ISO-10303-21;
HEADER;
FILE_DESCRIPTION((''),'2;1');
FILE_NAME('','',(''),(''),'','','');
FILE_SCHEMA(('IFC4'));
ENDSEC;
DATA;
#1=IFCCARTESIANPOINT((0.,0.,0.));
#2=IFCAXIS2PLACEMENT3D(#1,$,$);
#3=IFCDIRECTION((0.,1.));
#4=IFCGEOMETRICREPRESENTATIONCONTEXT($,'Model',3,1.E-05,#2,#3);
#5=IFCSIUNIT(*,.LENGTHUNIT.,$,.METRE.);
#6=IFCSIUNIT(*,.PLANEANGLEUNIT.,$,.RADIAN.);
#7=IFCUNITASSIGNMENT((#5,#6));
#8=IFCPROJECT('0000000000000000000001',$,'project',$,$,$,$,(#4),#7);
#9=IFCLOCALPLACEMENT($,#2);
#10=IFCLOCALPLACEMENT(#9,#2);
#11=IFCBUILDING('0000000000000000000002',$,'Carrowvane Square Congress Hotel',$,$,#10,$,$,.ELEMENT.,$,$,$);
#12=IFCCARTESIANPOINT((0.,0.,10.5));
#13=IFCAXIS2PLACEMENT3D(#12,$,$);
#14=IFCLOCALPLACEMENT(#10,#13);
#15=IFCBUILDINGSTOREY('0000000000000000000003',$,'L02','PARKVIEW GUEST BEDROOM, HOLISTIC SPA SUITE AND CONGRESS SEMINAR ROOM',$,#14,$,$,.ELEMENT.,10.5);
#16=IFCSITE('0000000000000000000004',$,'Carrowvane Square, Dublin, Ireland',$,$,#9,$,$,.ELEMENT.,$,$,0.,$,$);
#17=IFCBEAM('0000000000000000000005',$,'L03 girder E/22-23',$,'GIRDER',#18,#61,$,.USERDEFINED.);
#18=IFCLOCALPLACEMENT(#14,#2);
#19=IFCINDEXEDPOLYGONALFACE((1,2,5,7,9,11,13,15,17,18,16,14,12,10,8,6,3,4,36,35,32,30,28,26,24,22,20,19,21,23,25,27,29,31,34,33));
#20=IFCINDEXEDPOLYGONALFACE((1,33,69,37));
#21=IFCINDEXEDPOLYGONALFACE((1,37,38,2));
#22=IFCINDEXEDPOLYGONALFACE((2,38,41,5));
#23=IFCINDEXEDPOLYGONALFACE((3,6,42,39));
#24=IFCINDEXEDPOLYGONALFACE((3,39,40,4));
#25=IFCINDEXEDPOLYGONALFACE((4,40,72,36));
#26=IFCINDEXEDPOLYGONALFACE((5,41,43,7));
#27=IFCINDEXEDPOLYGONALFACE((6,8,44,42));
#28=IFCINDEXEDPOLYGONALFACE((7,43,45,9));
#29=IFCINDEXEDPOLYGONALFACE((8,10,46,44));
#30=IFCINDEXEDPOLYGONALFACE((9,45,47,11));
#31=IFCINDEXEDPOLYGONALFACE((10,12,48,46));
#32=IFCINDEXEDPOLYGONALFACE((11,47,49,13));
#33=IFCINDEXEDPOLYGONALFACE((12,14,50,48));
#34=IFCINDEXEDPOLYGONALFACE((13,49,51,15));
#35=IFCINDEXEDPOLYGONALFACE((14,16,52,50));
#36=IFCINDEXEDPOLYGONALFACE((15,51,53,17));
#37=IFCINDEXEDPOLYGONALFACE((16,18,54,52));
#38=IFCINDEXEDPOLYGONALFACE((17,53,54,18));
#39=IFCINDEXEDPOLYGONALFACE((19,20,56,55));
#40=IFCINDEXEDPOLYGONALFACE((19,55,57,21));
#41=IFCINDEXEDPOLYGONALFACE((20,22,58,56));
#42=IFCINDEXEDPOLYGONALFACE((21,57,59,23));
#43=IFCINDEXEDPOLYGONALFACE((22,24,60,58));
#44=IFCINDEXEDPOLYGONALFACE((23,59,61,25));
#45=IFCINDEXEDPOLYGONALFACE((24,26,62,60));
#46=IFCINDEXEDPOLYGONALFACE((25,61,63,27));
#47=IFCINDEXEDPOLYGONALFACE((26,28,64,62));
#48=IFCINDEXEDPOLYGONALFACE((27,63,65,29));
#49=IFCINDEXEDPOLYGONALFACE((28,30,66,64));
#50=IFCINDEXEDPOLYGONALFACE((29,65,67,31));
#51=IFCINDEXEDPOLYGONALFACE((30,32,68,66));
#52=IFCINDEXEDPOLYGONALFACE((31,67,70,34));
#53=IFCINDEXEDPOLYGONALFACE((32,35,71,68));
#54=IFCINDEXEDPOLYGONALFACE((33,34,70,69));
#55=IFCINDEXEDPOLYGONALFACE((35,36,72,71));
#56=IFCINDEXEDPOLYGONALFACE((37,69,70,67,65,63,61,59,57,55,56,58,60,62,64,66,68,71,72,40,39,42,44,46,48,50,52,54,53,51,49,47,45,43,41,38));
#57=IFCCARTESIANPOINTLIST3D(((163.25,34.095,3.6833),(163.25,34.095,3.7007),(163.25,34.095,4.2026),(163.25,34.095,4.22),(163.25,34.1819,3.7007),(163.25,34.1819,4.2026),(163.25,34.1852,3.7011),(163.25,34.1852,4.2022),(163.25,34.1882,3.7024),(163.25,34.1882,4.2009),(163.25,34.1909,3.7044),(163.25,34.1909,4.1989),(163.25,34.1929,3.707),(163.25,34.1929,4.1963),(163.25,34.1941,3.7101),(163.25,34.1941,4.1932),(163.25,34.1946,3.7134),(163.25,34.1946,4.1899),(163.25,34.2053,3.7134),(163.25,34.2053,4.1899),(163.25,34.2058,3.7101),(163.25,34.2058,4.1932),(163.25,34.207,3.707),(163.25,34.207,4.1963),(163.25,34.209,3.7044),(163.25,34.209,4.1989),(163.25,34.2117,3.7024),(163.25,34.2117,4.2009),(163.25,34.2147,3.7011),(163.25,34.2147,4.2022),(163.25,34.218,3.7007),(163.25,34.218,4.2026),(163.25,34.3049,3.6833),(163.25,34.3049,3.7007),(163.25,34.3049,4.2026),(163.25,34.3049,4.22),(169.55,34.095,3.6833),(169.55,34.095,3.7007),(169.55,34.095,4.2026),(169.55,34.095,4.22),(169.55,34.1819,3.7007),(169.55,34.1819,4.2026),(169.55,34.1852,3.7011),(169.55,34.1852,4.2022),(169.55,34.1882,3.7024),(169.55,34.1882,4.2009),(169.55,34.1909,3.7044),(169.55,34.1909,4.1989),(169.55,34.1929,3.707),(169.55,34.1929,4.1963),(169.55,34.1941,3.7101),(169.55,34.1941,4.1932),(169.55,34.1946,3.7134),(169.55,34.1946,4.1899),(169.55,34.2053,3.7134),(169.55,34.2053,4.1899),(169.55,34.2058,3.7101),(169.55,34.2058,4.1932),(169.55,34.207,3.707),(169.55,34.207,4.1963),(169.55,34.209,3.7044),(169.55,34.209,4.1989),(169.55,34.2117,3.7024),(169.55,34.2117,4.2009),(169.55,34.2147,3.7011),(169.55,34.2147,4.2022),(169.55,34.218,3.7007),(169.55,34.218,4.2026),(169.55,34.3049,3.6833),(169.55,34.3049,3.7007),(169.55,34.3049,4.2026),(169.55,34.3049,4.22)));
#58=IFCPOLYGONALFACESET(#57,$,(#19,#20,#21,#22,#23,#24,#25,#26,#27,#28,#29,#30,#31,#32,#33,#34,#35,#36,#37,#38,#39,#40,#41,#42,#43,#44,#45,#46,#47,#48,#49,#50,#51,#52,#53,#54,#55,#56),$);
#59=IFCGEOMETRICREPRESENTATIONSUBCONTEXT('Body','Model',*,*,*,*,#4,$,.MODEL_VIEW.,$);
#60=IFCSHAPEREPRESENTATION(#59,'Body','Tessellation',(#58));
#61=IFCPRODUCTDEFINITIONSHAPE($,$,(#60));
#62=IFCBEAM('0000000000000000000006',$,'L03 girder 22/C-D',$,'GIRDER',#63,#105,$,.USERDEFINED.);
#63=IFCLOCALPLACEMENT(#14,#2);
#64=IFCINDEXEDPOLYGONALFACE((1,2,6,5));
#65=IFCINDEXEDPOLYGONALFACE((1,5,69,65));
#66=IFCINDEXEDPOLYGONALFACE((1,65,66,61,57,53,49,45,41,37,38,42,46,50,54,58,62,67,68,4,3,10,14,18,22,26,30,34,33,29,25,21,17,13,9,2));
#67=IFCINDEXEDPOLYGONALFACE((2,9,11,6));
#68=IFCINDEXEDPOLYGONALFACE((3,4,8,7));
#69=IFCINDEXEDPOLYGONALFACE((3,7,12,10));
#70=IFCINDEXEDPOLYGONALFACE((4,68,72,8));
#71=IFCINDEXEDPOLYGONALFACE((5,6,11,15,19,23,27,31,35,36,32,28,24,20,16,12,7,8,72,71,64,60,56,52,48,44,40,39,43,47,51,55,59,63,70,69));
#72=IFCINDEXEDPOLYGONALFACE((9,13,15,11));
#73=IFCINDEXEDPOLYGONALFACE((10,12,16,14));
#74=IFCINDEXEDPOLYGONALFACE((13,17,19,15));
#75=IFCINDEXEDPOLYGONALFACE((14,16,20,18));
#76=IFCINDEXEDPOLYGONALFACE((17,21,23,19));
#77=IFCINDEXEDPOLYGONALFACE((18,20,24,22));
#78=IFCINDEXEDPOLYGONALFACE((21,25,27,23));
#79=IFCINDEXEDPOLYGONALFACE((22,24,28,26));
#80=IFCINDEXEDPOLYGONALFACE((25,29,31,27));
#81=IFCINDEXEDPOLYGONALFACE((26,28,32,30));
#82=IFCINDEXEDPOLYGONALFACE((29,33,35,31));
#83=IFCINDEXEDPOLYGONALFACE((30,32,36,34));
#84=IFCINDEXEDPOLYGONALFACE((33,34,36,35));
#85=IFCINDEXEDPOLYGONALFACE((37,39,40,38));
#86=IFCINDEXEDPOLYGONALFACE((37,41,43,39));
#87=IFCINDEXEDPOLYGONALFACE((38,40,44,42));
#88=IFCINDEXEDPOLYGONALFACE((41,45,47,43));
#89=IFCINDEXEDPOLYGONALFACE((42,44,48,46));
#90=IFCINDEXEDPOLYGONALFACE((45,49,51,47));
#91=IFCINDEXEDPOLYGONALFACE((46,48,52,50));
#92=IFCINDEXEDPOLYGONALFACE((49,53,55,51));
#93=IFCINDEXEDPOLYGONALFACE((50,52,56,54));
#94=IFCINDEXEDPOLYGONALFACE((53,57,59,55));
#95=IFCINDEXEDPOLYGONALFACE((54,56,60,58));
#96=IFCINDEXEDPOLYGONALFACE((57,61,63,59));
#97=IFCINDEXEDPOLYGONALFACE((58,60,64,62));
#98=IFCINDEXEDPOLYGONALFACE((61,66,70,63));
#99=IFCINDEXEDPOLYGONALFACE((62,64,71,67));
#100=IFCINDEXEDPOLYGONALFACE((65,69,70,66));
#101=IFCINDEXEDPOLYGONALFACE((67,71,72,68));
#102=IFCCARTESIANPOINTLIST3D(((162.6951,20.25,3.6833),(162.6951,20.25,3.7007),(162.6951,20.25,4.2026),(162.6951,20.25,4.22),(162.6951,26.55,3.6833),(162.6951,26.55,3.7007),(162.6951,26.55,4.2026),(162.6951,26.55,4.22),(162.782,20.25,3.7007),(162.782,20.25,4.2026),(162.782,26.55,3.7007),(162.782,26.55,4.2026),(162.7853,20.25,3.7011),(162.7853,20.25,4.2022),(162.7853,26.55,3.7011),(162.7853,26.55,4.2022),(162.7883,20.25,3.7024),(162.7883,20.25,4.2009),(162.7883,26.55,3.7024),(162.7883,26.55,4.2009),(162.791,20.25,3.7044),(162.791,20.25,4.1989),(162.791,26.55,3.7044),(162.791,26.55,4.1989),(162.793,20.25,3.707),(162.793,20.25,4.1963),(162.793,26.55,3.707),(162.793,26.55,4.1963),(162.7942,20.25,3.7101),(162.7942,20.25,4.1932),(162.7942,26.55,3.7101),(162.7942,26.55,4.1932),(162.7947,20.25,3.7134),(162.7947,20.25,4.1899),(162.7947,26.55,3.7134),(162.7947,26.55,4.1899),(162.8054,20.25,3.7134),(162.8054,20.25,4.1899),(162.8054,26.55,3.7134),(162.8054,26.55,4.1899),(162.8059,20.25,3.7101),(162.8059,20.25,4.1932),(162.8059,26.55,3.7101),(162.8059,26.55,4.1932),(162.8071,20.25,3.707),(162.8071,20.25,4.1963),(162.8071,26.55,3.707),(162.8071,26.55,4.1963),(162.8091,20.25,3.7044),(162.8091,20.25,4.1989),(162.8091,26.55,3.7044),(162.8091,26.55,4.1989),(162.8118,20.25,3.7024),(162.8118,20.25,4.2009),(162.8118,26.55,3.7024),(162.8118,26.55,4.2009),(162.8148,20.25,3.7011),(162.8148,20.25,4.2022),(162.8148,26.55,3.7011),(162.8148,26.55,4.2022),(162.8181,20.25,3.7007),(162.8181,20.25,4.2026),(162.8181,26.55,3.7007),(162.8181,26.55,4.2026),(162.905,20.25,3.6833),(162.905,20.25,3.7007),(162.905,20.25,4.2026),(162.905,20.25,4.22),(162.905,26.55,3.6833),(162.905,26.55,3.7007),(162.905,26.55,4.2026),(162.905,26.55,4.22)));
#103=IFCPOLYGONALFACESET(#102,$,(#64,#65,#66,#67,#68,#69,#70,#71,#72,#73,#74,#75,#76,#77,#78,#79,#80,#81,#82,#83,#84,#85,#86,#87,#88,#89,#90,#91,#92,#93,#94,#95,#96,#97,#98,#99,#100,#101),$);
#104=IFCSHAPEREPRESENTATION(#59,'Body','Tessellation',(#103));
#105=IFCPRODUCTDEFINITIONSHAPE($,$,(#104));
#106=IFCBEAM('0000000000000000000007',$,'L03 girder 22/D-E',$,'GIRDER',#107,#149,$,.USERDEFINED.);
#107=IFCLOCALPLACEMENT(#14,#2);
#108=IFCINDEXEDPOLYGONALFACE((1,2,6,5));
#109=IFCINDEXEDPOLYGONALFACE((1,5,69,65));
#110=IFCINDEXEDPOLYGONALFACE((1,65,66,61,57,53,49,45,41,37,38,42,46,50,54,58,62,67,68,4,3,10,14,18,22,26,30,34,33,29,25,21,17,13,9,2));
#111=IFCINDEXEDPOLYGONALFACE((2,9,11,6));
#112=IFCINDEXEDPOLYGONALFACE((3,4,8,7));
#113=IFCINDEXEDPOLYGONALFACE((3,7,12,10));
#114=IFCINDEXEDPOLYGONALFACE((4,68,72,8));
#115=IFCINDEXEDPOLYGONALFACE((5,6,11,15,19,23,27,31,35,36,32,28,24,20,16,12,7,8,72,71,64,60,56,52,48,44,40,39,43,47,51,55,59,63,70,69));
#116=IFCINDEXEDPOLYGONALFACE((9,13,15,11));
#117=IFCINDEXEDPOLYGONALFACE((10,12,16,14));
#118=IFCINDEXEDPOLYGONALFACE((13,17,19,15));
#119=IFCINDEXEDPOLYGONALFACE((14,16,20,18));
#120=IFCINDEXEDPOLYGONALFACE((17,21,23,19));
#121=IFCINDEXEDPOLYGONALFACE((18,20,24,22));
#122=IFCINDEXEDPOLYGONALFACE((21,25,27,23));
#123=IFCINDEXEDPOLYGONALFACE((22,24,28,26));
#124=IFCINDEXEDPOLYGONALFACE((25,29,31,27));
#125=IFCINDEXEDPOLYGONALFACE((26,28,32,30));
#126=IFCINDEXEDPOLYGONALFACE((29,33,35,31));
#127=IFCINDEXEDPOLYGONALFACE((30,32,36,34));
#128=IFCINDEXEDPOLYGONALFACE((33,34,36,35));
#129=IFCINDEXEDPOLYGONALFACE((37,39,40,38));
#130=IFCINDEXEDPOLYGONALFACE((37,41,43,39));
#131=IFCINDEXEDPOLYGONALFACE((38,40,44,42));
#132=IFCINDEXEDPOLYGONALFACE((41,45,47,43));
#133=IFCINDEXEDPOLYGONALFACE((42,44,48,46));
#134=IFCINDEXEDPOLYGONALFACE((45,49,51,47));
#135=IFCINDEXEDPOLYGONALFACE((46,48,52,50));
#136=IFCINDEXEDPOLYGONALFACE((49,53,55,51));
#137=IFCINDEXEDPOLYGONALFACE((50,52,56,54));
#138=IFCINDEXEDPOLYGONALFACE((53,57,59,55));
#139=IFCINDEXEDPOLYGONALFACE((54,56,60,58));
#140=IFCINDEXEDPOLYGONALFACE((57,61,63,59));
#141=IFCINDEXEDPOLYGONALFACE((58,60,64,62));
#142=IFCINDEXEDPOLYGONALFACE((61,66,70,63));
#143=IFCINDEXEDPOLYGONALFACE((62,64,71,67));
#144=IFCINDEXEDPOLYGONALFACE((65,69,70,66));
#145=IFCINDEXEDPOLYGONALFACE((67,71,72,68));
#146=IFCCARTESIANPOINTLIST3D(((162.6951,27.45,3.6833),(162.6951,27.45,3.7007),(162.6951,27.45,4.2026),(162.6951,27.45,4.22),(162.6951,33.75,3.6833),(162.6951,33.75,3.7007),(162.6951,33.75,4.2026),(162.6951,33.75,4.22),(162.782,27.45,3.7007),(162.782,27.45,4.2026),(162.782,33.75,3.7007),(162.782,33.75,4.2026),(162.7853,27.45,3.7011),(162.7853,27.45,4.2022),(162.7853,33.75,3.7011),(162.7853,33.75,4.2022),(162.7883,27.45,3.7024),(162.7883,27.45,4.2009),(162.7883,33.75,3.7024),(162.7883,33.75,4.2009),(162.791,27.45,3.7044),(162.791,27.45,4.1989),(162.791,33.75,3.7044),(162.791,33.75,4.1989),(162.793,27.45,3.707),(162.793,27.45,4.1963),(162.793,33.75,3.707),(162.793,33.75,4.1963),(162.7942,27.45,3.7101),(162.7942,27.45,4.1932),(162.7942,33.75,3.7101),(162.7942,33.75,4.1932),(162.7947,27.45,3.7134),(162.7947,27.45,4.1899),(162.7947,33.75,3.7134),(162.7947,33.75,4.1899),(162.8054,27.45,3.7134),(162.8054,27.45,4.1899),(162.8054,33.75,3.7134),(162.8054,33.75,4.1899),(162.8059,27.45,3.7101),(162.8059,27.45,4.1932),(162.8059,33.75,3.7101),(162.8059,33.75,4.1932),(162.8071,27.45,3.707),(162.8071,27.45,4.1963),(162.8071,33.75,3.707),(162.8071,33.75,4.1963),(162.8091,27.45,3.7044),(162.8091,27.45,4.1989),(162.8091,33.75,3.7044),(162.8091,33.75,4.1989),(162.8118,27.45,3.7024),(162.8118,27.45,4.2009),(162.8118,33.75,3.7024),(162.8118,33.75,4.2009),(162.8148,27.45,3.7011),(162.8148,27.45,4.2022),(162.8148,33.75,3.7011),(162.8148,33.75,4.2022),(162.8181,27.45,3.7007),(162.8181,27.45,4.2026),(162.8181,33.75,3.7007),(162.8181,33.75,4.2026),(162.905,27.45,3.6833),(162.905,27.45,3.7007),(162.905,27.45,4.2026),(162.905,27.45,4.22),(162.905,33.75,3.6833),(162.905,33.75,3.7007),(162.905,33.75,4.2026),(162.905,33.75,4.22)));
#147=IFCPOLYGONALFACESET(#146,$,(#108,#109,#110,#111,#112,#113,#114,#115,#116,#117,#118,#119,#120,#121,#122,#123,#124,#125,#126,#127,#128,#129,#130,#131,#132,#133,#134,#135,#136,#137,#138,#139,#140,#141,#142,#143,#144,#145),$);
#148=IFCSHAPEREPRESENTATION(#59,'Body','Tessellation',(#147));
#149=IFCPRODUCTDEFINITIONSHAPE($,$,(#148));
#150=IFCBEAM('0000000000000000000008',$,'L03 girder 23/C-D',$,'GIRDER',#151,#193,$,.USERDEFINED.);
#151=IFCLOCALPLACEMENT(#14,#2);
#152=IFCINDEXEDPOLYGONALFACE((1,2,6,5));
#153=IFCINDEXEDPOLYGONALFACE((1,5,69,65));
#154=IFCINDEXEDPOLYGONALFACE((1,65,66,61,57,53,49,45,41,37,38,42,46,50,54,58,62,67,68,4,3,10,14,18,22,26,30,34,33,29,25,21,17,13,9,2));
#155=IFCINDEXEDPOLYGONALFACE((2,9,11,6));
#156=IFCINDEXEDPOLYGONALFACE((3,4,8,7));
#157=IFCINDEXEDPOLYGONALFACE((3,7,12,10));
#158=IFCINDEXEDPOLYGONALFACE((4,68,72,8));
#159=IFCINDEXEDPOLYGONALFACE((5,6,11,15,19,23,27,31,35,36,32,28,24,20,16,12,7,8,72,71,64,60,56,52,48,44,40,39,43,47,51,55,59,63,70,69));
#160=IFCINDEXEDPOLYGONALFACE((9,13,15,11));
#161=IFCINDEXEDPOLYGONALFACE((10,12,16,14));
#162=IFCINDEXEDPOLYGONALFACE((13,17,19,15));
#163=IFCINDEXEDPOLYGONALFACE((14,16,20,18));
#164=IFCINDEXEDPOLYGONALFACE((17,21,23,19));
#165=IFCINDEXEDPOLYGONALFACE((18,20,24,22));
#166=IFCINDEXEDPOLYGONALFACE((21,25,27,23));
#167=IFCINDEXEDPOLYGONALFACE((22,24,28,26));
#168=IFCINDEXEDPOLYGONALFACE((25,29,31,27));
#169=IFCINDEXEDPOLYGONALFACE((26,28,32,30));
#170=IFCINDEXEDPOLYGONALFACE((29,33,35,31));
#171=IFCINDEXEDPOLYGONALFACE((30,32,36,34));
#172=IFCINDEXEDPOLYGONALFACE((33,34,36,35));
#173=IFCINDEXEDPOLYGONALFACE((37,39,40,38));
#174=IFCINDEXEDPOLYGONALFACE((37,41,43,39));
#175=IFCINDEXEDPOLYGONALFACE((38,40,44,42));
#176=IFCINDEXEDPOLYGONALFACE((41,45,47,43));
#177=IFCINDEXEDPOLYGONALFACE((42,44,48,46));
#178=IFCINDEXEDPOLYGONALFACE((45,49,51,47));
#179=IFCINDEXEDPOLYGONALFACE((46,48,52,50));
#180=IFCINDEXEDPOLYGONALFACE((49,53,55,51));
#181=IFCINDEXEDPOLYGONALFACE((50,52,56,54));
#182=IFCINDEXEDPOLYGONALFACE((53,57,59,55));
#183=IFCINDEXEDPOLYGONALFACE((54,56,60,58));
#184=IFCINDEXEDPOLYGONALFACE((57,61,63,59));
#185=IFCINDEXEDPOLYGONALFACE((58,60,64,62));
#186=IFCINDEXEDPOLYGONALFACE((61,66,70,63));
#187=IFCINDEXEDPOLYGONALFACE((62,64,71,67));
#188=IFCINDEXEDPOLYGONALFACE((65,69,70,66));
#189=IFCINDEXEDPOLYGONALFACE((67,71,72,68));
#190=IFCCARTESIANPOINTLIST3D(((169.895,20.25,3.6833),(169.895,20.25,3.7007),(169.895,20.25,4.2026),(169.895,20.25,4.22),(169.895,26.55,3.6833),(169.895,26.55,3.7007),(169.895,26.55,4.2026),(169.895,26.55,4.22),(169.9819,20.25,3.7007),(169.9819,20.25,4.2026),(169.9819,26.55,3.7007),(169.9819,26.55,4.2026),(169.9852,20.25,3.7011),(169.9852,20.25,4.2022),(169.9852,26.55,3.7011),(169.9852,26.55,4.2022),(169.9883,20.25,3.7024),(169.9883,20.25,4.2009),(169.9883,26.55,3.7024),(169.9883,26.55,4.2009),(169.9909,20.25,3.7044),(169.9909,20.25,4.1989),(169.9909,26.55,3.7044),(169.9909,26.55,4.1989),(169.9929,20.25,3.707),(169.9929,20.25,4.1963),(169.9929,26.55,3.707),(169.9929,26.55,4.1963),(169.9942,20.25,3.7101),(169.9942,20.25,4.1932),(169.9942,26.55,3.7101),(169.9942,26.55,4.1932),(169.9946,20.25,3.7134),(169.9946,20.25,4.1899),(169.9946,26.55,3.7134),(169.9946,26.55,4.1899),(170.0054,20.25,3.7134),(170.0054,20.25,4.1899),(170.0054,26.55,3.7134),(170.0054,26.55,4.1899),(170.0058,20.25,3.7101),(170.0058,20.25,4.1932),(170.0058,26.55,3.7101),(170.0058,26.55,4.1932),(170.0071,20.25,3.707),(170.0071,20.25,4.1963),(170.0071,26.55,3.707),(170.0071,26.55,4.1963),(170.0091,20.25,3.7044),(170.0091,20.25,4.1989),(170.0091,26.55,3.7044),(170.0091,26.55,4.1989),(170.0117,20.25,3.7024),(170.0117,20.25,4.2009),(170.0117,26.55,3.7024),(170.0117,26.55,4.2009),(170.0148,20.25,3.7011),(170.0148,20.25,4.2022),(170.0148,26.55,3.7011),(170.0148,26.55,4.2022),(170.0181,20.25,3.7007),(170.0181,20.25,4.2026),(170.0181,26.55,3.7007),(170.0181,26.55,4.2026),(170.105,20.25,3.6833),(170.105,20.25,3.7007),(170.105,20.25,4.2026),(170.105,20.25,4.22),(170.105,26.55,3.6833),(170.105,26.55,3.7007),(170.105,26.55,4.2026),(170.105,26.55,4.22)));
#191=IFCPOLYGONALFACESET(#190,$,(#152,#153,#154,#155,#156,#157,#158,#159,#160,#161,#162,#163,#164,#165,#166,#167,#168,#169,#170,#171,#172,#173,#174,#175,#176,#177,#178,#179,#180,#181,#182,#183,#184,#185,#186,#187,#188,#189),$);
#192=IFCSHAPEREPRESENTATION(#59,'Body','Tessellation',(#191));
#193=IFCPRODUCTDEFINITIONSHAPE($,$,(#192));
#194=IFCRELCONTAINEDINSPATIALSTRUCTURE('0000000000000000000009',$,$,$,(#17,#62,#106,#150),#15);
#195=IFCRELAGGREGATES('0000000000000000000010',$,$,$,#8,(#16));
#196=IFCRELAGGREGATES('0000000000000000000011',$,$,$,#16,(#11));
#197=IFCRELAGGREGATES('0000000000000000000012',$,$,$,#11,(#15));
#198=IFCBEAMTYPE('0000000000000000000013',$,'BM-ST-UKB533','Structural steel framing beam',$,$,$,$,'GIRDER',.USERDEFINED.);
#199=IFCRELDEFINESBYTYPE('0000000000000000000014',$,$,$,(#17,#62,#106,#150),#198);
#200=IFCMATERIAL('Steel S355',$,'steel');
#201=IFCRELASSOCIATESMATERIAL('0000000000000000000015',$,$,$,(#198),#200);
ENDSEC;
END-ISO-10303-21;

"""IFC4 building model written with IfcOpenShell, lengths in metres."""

from ifc_helpers import new_model, si_unit, direction, frame, origin, origin_2d, place, context, subcontext, project, spatial, i_section, extrude, material, material_profile, profile_set, type_object, element, save


model = new_model("IFC4")

# Units and contexts
model_context = context("Model", 3, precision=1e-05, world=origin(), true_north=direction((0.0, 1.0)))
body_context = subcontext(model_context, "Body", "Model", "MODEL_VIEW")
ifc_project = project(units=[si_unit("LENGTHUNIT", "METRE"), si_unit("PLANEANGLEUNIT", "RADIAN")], contexts=[model_context])

# Site, building, storey
site_placement = place(None, origin())
site = spatial("IfcSite", under=ifc_project, at=site_placement, Name="Carrowvane Square, Dublin, Ireland", CompositionType="ELEMENT", RefElevation=0.0)
building_placement = place(site_placement, origin())
building = spatial("IfcBuilding", under=site, at=building_placement, Name="Carrowvane Square Congress Hotel", CompositionType="ELEMENT")
storey_placement = place(building_placement, frame((0.0, 0.0, 10.5)))
storey = spatial("IfcBuildingStorey", under=building, at=storey_placement, Name="L02", Description="PARKVIEW GUEST BEDROOM, HOLISTIC SPA SUITE AND CONGRESS SEMINAR ROOM", CompositionType="ELEMENT", Elevation=10.5)

# Beams
ifc_material_1 = material(Name="Steel S355", Category="steel")
ifc_material_profile_1 = material_profile(ifc_material_1, i_section(OverallWidth=0.21, OverallDepth=0.5366, WebThickness=0.0107, FlangeThickness=0.0173, FilletRadius=0.0127, at=origin_2d()), Name="UKB 533x210x101")
ifc_profile_set_1 = profile_set([ifc_material_profile_1], Name="Steel S355")
beam_type_1 = type_object("IfcBeamType", Name="BM-ST-UKB533", Description="Structural steel framing beam", ElementType="GIRDER", PredefinedType="USERDEFINED", material=ifc_profile_set_1)
for number, where, z_axis, x_axis, name in (
    (1, (163.25, 34.2, 3.9517), (1.0, 0.0, 0.0), (0.0, 1.0, 0.0), "L03 girder E/22-23"),
    (2, (162.8, 20.25, 3.9517), (0.0, 1.0, 0.0), (-1.0, 0.0, 0.0), "L03 girder 22/C-D"),
    (3, (162.8, 27.45, 3.9517), (0.0, 1.0, 0.0), (-1.0, 0.0, 0.0), "L03 girder 22/D-E"),
    (4, (170.0, 20.25, 3.9517), (0.0, 1.0, 0.0), (-1.0, 0.0, 0.0), "L03 girder 23/C-D"),
):
    element("IfcBeam", number, at=place(storey_placement, frame(where, z_axis=z_axis, x_axis=x_axis)), inside=storey, type_object=beam_type_1, Name=name, ObjectType="GIRDER", PredefinedType="USERDEFINED", context=body_context, shape_type="SweptSolid", body=[
        extrude(i_section(OverallWidth=0.21, OverallDepth=0.5366, WebThickness=0.0107, FlangeThickness=0.0173, FilletRadius=0.0127, at=origin_2d()), origin(), (0.0, 0.0, 1.0), 6.3),
    ])

save(model, "model.ifc")
